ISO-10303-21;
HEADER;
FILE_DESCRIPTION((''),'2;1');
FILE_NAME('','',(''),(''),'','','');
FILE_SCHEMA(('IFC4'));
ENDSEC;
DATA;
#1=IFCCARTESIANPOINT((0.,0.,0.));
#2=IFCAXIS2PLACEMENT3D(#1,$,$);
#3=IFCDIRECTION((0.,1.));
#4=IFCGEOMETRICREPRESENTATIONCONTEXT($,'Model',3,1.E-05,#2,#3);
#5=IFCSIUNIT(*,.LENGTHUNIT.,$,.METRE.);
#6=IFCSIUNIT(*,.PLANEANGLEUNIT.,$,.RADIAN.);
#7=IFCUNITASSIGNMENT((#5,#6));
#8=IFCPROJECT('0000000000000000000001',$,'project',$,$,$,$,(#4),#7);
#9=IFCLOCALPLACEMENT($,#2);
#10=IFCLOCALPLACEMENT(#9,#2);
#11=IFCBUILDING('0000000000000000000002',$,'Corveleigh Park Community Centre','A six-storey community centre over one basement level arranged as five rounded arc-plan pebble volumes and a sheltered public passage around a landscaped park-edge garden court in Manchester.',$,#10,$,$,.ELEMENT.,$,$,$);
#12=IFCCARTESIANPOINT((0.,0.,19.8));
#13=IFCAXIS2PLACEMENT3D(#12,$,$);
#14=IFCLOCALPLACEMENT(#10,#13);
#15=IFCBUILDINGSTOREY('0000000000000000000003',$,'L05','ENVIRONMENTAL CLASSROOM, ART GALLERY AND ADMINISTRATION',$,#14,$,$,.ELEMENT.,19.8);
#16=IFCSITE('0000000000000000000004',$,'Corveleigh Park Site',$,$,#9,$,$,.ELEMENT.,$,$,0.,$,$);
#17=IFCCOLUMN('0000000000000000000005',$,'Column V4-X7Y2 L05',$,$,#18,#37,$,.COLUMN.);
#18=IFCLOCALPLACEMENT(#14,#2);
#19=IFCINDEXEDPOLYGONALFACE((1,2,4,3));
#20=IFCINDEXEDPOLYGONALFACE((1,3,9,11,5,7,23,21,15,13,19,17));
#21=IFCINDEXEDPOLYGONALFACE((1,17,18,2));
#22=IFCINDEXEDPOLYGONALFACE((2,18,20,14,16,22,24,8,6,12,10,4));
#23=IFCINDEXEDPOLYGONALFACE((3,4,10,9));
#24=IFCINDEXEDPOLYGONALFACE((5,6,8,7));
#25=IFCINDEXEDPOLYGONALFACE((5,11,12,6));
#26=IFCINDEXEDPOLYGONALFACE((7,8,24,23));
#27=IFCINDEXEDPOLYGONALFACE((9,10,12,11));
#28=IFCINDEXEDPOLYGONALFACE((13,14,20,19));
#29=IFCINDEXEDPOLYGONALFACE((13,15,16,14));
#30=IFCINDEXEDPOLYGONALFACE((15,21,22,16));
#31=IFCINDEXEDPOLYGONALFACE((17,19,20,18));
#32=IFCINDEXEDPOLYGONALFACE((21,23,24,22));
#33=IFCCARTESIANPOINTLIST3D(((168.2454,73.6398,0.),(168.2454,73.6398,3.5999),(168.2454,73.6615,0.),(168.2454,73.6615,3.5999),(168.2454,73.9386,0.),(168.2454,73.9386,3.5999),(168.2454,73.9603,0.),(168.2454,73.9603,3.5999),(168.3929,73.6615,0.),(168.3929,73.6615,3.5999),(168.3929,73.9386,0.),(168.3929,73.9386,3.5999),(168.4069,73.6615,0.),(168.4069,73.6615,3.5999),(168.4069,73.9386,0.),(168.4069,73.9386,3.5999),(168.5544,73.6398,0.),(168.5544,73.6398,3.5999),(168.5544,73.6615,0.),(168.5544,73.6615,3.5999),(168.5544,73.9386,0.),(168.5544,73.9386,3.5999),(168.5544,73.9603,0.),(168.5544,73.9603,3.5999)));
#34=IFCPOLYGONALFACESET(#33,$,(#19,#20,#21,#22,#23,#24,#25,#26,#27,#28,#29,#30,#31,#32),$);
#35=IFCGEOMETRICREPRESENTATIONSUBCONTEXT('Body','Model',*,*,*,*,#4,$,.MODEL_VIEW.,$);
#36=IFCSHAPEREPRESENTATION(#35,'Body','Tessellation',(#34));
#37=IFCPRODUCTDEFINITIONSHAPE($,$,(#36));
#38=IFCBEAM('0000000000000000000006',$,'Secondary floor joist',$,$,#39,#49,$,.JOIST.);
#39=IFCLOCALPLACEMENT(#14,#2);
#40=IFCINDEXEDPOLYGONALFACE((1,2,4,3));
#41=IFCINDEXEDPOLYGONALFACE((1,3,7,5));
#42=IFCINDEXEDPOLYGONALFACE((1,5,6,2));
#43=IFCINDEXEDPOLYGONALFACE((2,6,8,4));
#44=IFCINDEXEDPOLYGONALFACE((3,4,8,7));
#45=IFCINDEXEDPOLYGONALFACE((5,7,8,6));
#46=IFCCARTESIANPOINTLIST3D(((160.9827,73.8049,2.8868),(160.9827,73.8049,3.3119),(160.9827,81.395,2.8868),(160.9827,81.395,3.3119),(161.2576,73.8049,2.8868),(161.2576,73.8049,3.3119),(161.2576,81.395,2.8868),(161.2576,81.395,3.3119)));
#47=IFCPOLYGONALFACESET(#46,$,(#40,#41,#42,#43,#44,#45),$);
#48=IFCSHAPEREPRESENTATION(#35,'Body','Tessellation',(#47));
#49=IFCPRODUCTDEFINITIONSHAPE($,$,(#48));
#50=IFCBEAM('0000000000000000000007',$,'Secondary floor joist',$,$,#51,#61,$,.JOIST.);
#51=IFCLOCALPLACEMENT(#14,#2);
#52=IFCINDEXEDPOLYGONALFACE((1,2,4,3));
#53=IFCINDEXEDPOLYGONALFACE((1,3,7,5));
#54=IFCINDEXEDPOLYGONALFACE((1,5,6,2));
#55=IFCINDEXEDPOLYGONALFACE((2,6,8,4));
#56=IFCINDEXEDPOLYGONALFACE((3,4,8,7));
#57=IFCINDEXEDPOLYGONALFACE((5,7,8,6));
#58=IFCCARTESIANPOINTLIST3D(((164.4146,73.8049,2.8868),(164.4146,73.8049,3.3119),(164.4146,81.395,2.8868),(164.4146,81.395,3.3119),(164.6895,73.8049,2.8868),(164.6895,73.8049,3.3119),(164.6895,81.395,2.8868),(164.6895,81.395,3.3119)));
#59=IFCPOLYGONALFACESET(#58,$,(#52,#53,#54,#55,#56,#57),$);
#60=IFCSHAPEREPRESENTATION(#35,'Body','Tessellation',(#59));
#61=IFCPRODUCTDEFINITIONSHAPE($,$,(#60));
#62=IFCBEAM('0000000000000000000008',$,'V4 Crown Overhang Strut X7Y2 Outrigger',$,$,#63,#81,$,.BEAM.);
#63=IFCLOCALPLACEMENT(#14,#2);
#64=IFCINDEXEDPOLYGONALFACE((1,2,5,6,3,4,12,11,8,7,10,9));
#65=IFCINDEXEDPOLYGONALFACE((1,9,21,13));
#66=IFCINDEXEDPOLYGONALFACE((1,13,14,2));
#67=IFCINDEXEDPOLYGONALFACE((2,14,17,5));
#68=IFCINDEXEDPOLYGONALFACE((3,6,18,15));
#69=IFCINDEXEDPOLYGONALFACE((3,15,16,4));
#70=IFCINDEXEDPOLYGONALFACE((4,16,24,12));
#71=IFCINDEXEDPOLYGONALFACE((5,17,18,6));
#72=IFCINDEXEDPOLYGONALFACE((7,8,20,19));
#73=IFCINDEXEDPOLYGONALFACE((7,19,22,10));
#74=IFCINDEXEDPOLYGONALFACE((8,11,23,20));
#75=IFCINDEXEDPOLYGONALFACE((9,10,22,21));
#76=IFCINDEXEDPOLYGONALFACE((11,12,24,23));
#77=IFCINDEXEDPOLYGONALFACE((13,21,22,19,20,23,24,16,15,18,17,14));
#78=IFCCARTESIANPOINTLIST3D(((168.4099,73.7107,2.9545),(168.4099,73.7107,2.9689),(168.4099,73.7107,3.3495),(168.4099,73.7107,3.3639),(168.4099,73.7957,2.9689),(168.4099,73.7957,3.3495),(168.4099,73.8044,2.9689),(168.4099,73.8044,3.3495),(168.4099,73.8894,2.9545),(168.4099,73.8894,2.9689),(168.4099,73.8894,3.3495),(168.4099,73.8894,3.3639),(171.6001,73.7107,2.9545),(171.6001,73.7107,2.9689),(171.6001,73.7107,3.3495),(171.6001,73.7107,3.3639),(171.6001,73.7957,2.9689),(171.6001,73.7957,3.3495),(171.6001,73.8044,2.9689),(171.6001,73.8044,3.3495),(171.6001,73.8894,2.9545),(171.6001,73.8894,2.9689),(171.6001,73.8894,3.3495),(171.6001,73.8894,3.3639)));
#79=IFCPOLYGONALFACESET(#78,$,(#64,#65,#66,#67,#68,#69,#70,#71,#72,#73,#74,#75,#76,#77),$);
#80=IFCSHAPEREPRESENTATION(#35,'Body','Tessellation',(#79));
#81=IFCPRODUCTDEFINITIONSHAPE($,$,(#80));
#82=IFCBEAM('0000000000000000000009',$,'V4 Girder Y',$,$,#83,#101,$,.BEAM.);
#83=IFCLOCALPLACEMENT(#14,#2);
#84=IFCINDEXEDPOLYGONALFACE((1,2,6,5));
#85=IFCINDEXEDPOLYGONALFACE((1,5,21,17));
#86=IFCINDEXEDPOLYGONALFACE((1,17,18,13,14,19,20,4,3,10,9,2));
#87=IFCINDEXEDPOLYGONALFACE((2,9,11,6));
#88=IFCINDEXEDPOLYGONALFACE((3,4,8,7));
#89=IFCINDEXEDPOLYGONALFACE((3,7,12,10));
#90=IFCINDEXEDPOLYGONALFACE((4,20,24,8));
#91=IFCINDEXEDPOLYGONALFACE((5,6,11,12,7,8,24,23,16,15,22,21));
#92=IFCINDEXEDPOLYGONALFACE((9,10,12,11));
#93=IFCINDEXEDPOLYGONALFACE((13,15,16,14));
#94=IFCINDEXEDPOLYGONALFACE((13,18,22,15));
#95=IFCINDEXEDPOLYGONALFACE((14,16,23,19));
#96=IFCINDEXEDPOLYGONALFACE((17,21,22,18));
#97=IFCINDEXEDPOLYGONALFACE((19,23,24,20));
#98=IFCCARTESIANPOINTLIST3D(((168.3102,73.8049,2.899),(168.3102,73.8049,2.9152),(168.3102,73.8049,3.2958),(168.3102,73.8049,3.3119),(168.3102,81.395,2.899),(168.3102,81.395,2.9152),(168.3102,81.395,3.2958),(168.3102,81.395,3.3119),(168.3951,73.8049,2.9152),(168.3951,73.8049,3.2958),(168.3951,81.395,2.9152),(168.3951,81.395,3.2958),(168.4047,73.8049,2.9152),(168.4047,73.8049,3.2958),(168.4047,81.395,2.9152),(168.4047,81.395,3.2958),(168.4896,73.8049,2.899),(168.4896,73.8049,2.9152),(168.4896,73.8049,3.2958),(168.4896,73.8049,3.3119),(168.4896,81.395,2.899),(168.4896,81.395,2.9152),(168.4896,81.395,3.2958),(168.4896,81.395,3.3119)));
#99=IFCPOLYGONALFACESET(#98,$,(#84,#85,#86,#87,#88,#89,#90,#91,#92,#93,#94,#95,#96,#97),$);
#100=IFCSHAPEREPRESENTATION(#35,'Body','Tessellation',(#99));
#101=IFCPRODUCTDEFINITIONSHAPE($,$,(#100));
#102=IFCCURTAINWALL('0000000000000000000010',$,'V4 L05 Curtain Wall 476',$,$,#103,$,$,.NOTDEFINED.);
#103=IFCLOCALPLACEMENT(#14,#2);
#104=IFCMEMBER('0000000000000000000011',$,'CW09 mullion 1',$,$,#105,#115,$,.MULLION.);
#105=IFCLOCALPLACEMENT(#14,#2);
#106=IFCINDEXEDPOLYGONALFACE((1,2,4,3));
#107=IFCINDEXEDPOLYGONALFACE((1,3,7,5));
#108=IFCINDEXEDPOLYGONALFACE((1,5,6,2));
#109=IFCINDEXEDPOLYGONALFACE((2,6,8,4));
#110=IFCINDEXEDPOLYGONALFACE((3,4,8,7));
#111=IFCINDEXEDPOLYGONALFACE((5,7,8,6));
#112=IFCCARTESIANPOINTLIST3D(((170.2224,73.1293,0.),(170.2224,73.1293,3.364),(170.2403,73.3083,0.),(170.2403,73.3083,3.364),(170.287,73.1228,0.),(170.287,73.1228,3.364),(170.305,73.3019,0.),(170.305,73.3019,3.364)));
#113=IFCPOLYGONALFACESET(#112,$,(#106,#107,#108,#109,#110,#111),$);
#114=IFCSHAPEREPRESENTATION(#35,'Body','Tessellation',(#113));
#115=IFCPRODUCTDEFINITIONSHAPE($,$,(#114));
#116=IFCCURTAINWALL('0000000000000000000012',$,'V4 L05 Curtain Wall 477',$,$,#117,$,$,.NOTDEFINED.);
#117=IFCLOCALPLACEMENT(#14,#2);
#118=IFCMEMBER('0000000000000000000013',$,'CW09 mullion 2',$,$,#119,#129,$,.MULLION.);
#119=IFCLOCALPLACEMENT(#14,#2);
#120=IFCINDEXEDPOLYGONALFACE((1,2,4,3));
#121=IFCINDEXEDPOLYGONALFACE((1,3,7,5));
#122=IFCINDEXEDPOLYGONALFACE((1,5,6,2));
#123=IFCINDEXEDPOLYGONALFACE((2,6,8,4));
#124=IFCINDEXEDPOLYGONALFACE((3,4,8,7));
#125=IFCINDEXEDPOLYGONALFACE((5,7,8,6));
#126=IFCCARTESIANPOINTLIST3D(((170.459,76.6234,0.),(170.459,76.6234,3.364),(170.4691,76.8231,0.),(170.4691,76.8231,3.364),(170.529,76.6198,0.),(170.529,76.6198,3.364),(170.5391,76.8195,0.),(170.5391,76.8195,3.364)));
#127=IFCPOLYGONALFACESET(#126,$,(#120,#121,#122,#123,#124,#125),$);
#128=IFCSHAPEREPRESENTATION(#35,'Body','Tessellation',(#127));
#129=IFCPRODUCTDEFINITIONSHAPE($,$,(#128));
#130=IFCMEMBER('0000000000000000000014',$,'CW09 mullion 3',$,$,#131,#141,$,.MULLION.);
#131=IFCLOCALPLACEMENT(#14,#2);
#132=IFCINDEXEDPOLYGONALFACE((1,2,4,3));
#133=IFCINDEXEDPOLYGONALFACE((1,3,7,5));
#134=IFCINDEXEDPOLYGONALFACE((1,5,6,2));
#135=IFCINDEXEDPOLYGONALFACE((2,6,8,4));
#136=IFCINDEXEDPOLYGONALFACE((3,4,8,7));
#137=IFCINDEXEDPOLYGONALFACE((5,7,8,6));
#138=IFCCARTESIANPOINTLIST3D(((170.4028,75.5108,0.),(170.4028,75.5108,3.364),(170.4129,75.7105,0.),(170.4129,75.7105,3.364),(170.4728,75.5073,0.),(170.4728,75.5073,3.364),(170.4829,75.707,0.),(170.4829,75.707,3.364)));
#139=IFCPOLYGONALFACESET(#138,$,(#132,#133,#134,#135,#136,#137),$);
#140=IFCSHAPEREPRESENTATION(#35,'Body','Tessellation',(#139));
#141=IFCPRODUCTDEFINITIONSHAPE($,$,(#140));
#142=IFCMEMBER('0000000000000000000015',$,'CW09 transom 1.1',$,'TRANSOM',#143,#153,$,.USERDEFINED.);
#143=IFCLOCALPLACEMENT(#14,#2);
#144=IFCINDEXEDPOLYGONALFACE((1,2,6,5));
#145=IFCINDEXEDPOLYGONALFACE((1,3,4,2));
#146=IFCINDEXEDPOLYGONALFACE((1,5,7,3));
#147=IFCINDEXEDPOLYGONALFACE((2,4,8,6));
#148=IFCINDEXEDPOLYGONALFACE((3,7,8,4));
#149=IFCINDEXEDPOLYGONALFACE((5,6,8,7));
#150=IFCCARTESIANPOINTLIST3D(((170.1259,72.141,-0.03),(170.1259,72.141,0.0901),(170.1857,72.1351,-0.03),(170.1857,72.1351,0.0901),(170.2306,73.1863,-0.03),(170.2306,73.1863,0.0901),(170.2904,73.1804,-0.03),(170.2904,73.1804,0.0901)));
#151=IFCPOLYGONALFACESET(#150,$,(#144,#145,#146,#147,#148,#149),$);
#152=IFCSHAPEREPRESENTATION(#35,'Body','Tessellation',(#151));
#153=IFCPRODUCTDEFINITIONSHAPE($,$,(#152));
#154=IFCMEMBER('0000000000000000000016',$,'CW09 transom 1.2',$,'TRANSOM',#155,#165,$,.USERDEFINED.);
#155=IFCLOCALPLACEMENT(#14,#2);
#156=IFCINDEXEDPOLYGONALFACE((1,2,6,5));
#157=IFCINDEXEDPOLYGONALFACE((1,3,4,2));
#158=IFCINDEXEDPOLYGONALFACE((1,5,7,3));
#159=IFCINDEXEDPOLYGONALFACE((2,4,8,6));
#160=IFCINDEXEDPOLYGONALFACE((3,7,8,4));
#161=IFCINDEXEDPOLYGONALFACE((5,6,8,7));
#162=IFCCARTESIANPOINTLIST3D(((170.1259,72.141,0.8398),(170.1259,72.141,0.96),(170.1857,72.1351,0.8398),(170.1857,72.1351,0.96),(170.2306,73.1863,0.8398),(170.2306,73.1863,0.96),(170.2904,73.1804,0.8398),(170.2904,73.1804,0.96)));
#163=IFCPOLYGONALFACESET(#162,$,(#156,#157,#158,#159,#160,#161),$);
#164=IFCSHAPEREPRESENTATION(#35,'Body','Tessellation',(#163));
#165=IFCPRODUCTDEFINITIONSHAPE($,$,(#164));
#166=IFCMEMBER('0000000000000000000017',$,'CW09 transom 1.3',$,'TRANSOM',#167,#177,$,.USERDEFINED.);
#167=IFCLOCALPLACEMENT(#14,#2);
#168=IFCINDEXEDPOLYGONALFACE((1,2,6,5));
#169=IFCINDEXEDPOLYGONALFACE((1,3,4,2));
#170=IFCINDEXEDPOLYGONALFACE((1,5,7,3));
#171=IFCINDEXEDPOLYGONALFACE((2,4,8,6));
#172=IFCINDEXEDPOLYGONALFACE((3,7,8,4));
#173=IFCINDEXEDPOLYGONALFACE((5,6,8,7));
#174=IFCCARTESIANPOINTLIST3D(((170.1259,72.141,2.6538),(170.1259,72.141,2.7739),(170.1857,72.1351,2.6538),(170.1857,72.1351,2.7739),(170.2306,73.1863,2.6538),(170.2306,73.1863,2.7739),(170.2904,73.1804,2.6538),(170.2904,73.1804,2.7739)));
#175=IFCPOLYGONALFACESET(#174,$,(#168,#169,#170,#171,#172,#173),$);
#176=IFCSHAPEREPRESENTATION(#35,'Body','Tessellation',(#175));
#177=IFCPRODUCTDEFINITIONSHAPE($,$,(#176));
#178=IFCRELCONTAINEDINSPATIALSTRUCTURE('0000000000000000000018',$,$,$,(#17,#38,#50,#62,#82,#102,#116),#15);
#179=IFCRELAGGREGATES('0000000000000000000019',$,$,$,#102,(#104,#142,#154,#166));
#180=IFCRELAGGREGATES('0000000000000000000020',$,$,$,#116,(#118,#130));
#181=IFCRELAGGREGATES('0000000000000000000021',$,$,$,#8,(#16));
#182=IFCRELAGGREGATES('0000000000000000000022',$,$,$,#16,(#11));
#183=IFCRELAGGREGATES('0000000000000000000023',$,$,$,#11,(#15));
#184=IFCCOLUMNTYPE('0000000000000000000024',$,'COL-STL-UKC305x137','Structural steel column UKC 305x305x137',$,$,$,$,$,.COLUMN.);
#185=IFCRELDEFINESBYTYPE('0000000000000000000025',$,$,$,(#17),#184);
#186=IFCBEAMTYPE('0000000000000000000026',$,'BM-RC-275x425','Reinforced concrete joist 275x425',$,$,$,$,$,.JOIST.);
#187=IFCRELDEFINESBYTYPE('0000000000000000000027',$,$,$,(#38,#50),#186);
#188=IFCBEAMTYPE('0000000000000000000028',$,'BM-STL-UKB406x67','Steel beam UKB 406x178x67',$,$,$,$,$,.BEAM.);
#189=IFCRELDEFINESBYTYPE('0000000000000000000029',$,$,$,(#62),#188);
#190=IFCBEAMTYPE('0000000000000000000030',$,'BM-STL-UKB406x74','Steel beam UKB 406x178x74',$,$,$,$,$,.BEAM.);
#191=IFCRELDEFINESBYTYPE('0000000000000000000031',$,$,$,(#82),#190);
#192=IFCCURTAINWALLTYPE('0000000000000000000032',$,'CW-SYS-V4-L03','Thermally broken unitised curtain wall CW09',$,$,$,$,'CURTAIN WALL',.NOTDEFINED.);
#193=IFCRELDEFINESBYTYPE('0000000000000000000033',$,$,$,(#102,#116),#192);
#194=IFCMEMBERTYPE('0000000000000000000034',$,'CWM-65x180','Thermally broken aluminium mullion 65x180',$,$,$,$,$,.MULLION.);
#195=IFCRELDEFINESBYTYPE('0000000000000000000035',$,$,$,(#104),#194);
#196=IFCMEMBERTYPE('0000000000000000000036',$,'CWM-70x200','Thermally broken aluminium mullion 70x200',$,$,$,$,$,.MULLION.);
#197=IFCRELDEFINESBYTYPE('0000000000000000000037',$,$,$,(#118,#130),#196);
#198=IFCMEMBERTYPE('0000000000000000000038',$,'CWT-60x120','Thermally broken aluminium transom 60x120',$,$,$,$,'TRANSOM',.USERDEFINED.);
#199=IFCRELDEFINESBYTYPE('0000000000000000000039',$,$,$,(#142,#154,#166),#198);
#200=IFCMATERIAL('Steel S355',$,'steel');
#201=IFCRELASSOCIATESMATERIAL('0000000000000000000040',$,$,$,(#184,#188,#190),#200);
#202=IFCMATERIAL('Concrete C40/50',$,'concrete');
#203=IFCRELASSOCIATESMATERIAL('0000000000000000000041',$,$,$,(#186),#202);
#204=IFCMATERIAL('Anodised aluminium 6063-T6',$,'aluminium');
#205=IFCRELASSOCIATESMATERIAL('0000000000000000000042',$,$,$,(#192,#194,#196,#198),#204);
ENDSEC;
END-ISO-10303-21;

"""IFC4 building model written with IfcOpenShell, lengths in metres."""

from ifc_helpers import new_model, si_unit, direction, frame, origin, origin_2d, place, context, subcontext, project, spatial, rectangle, i_section, extrude, material, material_profile, profile_set, type_object, element, aggregate, save


model = new_model("IFC4")

# Units and contexts
model_context = context("Model", 3, precision=1e-05, world=origin(), true_north=direction((0.0, 1.0)))
body_context = subcontext(model_context, "Body", "Model", "MODEL_VIEW")
ifc_project = project(units=[si_unit("LENGTHUNIT", "METRE"), si_unit("PLANEANGLEUNIT", "RADIAN")], contexts=[model_context])

# Site, building, storey
site_placement = place(None, origin())
site = spatial("IfcSite", under=ifc_project, at=site_placement, Name="Corveleigh Park Site", CompositionType="ELEMENT", RefElevation=0.0)
building_placement = place(site_placement, origin())
building = spatial("IfcBuilding", under=site, at=building_placement, Name="Corveleigh Park Community Centre", Description="A six-storey community centre over one basement level arranged as five rounded arc-plan pebble volumes and a sheltered public passage around a landscaped park-edge garden court in Manchester.", CompositionType="ELEMENT")
storey_placement = place(building_placement, frame((0.0, 0.0, 19.8)))
storey = spatial("IfcBuildingStorey", under=building, at=storey_placement, Name="L05", Description="ENVIRONMENTAL CLASSROOM, ART GALLERY AND ADMINISTRATION", CompositionType="ELEMENT", Elevation=19.8)

# Column
ifc_material_1 = material(Name="Steel S355", Category="steel")
ifc_material_profile_1 = material_profile(ifc_material_1, i_section(OverallWidth=0.3091, OverallDepth=0.3206, WebThickness=0.0139, FlangeThickness=0.0217, at=origin_2d()), Name="UKC 305x305x137", Category="steel")
ifc_profile_set_1 = profile_set([ifc_material_profile_1], Name="Steel S355")
column_type = type_object("IfcColumnType", Name="COL-STL-UKC305x137", Description="Structural steel column UKC 305x305x137", PredefinedType="COLUMN", material=ifc_profile_set_1)
column_placement = place(storey_placement, frame((168.3999, 73.8, 0.0), z_axis=(0.0, 0.0, 1.0), x_axis=(1.0, 0.0, 0.0)))
element("IfcColumn", 1, at=column_placement, inside=storey, type_object=column_type, Name="Column V4-X7Y2 L05", PredefinedType="COLUMN", context=body_context, shape_type="SweptSolid", body=[
    extrude(i_section(OverallWidth=0.3091, OverallDepth=0.3206, WebThickness=0.0139, FlangeThickness=0.0217, at=origin_2d()), origin(), (0.0, 0.0, 1.0), 3.5999),
])

# Beams
ifc_material_2 = material(Name="Concrete C40/50", Category="concrete")
ifc_material_profile_2 = material_profile(ifc_material_2, rectangle(XDim=0.2749, YDim=0.425, at=origin_2d()), Name="RC-275x425", Category="concrete")
ifc_profile_set_2 = profile_set([ifc_material_profile_2], Name="Concrete C40/50")
beam_type_1 = type_object("IfcBeamType", Name="BM-RC-275x425", Description="Reinforced concrete joist 275x425", PredefinedType="JOIST", material=ifc_profile_set_2)
for number, where, z_axis, x_axis, name in (
    (2, (161.1201, 73.8049, 3.0994), (0.0, 1.0, 0.0), (-1.0, 0.0, 0.0), "Secondary floor joist"),
    (3, (164.552, 73.8049, 3.0994), (0.0, 1.0, 0.0), (-1.0, 0.0, 0.0), "Secondary floor joist"),
):
    element("IfcBeam", number, at=place(storey_placement, frame(where, z_axis=z_axis, x_axis=x_axis)), inside=storey, type_object=beam_type_1, Name=name, PredefinedType="JOIST", context=body_context, shape_type="SweptSolid", body=[
        extrude(rectangle(XDim=0.2749, YDim=0.425, at=origin_2d()), origin(), (0.0, 0.0, 1.0), 7.5901),
    ])
ifc_material_profile_3 = material_profile(ifc_material_1, i_section(OverallWidth=0.1787, OverallDepth=0.4094, WebThickness=0.0088, FlangeThickness=0.0144, at=origin_2d()), Name="UKB 406x178x67", Category="steel")
ifc_profile_set_3 = profile_set([ifc_material_profile_3], Name="Steel S355")
beam_type_2 = type_object("IfcBeamType", Name="BM-STL-UKB406x67", Description="Steel beam UKB 406x178x67", PredefinedType="BEAM", material=ifc_profile_set_3)
beam_1_placement = place(storey_placement, frame((168.4099, 73.8, 3.1592), z_axis=(1.0, 0.0, 0.0), x_axis=(0.0, 1.0, 0.0)))
element("IfcBeam", 4, at=beam_1_placement, inside=storey, type_object=beam_type_2, Name="V4 Crown Overhang Strut X7Y2 Outrigger", PredefinedType="BEAM", context=body_context, shape_type="SweptSolid", body=[
    extrude(i_section(OverallWidth=0.1787, OverallDepth=0.4094, WebThickness=0.0088, FlangeThickness=0.0144, at=origin_2d()), origin(), (0.0, 0.0, 1.0), 3.1902),
])
ifc_material_profile_4 = material_profile(ifc_material_1, i_section(OverallWidth=0.1794, OverallDepth=0.4128, WebThickness=0.0095, FlangeThickness=0.0161, at=origin_2d()), Name="UKB 406x178x74", Category="steel")
ifc_profile_set_4 = profile_set([ifc_material_profile_4], Name="Steel S355")
beam_type_3 = type_object("IfcBeamType", Name="BM-STL-UKB406x74", Description="Steel beam UKB 406x178x74", PredefinedType="BEAM", material=ifc_profile_set_4)
beam_2_placement = place(storey_placement, frame((168.3999, 73.8049, 3.1055), z_axis=(0.0, 1.0, 0.0), x_axis=(-1.0, 0.0, 0.0)))
element("IfcBeam", 5, at=beam_2_placement, inside=storey, type_object=beam_type_3, Name="V4 Girder Y", PredefinedType="BEAM", context=body_context, shape_type="SweptSolid", body=[
    extrude(i_section(OverallWidth=0.1794, OverallDepth=0.4128, WebThickness=0.0095, FlangeThickness=0.0161, at=origin_2d()), origin(), (0.0, 0.0, 1.0), 7.5901),
])

# Curtain wall, member
ifc_material_3 = material(Name="Anodised aluminium 6063-T6", Category="aluminium")
curtain_wall_type = type_object("IfcCurtainWallType", Name="CW-SYS-V4-L03", Description="Thermally broken unitised curtain wall CW09", ElementType="CURTAIN WALL", PredefinedType="NOTDEFINED", material=ifc_material_3)
curtain_wall_1_placement = place(storey_placement, origin())
curtain_wall_1 = element("IfcCurtainWall", 6, at=curtain_wall_1_placement, inside=storey, type_object=curtain_wall_type, Name="V4 L05 Curtain Wall 476", PredefinedType="NOTDEFINED")
ifc_material_profile_5 = material_profile(ifc_material_3, rectangle(XDim=0.0649, YDim=0.1799, at=origin_2d()), Name="ALU-M65x180", Category="aluminium")
ifc_profile_set_5 = profile_set([ifc_material_profile_5], Name="Anodised aluminium 6063-T6")
member_type_1 = type_object("IfcMemberType", Name="CWM-65x180", Description="Thermally broken aluminium mullion 65x180", PredefinedType="MULLION", material=ifc_profile_set_5)
member_1_placement = place(storey_placement, frame((170.2637, 73.2156, 0.0), z_axis=(0.0, 0.0, 1.0), x_axis=(0.995016, -0.099719, 0.0)))
member_1 = element("IfcMember", 7, at=member_1_placement, type_object=member_type_1, Name="CW09 mullion 1", PredefinedType="MULLION", context=body_context, shape_type="SweptSolid", body=[
    extrude(rectangle(XDim=0.0649, YDim=0.1799, at=origin_2d()), origin(), (0.0, 0.0, 1.0), 3.364),
])

# Curtain wall, members
curtain_wall_2_placement = place(storey_placement, origin())
curtain_wall_2 = element("IfcCurtainWall", 8, at=curtain_wall_2_placement, inside=storey, type_object=curtain_wall_type, Name="V4 L05 Curtain Wall 477", PredefinedType="NOTDEFINED")
ifc_material_profile_6 = material_profile(ifc_material_3, rectangle(XDim=0.0701, YDim=0.2, at=origin_2d()), Name="ALU-M70x200", Category="aluminium")
ifc_profile_set_6 = profile_set([ifc_material_profile_6], Name="Anodised aluminium 6063-T6")
member_type_2 = type_object("IfcMemberType", Name="CWM-70x200", Description="Thermally broken aluminium mullion 70x200", PredefinedType="MULLION", material=ifc_profile_set_6)
member_2_placement = place(storey_placement, frame((170.499, 76.7214, 0.0), z_axis=(0.0, 0.0, 1.0), x_axis=(0.998725, -0.05048, 0.0)))
member_2 = element("IfcMember", 9, at=member_2_placement, type_object=member_type_2, Name="CW09 mullion 2", PredefinedType="MULLION", context=body_context, shape_type="SweptSolid", body=[
    extrude(rectangle(XDim=0.0701, YDim=0.2, at=origin_2d()), origin(), (0.0, 0.0, 1.0), 3.364),
])
member_3_placement = place(storey_placement, frame((170.4429, 75.6089, 0.0), z_axis=(0.0, 0.0, 1.0), x_axis=(0.998725, -0.05048, 0.0)))
member_3 = element("IfcMember", 10, at=member_3_placement, type_object=member_type_2, Name="CW09 mullion 3", PredefinedType="MULLION", context=body_context, shape_type="SweptSolid", body=[
    extrude(rectangle(XDim=0.0701, YDim=0.2, at=origin_2d()), origin(), (0.0, 0.0, 1.0), 3.364),
])

# Members
ifc_material_profile_7 = material_profile(ifc_material_3, rectangle(XDim=0.0601, YDim=0.1201, at=origin_2d()), Name="ALU-T60x120", Category="aluminium")
ifc_profile_set_7 = profile_set([ifc_material_profile_7], Name="Anodised aluminium 6063-T6")
member_type_3 = type_object("IfcMemberType", Name="CWT-60x120", Description="Thermally broken aluminium transom 60x120", ElementType="TRANSOM", PredefinedType="USERDEFINED", material=ifc_profile_set_7)
member_4_placement = place(storey_placement, frame((170.2605, 73.1833, 0.03), z_axis=(-0.099688, -0.995019, 0.0), x_axis=(0.995019, -0.099688, 0.0)))
member_4 = element("IfcMember", 11, at=member_4_placement, type_object=member_type_3, Name="CW09 transom 1.1", ObjectType="TRANSOM", PredefinedType="USERDEFINED", context=body_context, shape_type="SweptSolid", body=[
    extrude(rectangle(XDim=0.0601, YDim=0.1201, at=origin_2d()), origin(), (0.0, 0.0, 1.0), 1.0505),
])
member_5_placement = place(storey_placement, frame((170.2605, 73.1833, 0.8999), z_axis=(-0.099688, -0.995019, 0.0), x_axis=(0.995019, -0.099688, 0.0)))
member_5 = element("IfcMember", 12, at=member_5_placement, type_object=member_type_3, Name="CW09 transom 1.2", ObjectType="TRANSOM", PredefinedType="USERDEFINED", context=body_context, shape_type="SweptSolid", body=[
    extrude(rectangle(XDim=0.0601, YDim=0.1201, at=origin_2d()), origin(), (0.0, 0.0, 1.0), 1.0505),
])
member_6_placement = place(storey_placement, frame((170.2605, 73.1833, 2.7139), z_axis=(-0.099688, -0.995019, 0.0), x_axis=(0.995019, -0.099688, 0.0)))
member_6 = element("IfcMember", 13, at=member_6_placement, type_object=member_type_3, Name="CW09 transom 1.3", ObjectType="TRANSOM", PredefinedType="USERDEFINED", context=body_context, shape_type="SweptSolid", body=[
    extrude(rectangle(XDim=0.0601, YDim=0.1201, at=origin_2d()), origin(), (0.0, 0.0, 1.0), 1.0505),
])
aggregate(curtain_wall_1, [member_1, member_4, member_5, member_6])

aggregate(curtain_wall_2, [member_2, member_3])

save(model, "model.ifc")
